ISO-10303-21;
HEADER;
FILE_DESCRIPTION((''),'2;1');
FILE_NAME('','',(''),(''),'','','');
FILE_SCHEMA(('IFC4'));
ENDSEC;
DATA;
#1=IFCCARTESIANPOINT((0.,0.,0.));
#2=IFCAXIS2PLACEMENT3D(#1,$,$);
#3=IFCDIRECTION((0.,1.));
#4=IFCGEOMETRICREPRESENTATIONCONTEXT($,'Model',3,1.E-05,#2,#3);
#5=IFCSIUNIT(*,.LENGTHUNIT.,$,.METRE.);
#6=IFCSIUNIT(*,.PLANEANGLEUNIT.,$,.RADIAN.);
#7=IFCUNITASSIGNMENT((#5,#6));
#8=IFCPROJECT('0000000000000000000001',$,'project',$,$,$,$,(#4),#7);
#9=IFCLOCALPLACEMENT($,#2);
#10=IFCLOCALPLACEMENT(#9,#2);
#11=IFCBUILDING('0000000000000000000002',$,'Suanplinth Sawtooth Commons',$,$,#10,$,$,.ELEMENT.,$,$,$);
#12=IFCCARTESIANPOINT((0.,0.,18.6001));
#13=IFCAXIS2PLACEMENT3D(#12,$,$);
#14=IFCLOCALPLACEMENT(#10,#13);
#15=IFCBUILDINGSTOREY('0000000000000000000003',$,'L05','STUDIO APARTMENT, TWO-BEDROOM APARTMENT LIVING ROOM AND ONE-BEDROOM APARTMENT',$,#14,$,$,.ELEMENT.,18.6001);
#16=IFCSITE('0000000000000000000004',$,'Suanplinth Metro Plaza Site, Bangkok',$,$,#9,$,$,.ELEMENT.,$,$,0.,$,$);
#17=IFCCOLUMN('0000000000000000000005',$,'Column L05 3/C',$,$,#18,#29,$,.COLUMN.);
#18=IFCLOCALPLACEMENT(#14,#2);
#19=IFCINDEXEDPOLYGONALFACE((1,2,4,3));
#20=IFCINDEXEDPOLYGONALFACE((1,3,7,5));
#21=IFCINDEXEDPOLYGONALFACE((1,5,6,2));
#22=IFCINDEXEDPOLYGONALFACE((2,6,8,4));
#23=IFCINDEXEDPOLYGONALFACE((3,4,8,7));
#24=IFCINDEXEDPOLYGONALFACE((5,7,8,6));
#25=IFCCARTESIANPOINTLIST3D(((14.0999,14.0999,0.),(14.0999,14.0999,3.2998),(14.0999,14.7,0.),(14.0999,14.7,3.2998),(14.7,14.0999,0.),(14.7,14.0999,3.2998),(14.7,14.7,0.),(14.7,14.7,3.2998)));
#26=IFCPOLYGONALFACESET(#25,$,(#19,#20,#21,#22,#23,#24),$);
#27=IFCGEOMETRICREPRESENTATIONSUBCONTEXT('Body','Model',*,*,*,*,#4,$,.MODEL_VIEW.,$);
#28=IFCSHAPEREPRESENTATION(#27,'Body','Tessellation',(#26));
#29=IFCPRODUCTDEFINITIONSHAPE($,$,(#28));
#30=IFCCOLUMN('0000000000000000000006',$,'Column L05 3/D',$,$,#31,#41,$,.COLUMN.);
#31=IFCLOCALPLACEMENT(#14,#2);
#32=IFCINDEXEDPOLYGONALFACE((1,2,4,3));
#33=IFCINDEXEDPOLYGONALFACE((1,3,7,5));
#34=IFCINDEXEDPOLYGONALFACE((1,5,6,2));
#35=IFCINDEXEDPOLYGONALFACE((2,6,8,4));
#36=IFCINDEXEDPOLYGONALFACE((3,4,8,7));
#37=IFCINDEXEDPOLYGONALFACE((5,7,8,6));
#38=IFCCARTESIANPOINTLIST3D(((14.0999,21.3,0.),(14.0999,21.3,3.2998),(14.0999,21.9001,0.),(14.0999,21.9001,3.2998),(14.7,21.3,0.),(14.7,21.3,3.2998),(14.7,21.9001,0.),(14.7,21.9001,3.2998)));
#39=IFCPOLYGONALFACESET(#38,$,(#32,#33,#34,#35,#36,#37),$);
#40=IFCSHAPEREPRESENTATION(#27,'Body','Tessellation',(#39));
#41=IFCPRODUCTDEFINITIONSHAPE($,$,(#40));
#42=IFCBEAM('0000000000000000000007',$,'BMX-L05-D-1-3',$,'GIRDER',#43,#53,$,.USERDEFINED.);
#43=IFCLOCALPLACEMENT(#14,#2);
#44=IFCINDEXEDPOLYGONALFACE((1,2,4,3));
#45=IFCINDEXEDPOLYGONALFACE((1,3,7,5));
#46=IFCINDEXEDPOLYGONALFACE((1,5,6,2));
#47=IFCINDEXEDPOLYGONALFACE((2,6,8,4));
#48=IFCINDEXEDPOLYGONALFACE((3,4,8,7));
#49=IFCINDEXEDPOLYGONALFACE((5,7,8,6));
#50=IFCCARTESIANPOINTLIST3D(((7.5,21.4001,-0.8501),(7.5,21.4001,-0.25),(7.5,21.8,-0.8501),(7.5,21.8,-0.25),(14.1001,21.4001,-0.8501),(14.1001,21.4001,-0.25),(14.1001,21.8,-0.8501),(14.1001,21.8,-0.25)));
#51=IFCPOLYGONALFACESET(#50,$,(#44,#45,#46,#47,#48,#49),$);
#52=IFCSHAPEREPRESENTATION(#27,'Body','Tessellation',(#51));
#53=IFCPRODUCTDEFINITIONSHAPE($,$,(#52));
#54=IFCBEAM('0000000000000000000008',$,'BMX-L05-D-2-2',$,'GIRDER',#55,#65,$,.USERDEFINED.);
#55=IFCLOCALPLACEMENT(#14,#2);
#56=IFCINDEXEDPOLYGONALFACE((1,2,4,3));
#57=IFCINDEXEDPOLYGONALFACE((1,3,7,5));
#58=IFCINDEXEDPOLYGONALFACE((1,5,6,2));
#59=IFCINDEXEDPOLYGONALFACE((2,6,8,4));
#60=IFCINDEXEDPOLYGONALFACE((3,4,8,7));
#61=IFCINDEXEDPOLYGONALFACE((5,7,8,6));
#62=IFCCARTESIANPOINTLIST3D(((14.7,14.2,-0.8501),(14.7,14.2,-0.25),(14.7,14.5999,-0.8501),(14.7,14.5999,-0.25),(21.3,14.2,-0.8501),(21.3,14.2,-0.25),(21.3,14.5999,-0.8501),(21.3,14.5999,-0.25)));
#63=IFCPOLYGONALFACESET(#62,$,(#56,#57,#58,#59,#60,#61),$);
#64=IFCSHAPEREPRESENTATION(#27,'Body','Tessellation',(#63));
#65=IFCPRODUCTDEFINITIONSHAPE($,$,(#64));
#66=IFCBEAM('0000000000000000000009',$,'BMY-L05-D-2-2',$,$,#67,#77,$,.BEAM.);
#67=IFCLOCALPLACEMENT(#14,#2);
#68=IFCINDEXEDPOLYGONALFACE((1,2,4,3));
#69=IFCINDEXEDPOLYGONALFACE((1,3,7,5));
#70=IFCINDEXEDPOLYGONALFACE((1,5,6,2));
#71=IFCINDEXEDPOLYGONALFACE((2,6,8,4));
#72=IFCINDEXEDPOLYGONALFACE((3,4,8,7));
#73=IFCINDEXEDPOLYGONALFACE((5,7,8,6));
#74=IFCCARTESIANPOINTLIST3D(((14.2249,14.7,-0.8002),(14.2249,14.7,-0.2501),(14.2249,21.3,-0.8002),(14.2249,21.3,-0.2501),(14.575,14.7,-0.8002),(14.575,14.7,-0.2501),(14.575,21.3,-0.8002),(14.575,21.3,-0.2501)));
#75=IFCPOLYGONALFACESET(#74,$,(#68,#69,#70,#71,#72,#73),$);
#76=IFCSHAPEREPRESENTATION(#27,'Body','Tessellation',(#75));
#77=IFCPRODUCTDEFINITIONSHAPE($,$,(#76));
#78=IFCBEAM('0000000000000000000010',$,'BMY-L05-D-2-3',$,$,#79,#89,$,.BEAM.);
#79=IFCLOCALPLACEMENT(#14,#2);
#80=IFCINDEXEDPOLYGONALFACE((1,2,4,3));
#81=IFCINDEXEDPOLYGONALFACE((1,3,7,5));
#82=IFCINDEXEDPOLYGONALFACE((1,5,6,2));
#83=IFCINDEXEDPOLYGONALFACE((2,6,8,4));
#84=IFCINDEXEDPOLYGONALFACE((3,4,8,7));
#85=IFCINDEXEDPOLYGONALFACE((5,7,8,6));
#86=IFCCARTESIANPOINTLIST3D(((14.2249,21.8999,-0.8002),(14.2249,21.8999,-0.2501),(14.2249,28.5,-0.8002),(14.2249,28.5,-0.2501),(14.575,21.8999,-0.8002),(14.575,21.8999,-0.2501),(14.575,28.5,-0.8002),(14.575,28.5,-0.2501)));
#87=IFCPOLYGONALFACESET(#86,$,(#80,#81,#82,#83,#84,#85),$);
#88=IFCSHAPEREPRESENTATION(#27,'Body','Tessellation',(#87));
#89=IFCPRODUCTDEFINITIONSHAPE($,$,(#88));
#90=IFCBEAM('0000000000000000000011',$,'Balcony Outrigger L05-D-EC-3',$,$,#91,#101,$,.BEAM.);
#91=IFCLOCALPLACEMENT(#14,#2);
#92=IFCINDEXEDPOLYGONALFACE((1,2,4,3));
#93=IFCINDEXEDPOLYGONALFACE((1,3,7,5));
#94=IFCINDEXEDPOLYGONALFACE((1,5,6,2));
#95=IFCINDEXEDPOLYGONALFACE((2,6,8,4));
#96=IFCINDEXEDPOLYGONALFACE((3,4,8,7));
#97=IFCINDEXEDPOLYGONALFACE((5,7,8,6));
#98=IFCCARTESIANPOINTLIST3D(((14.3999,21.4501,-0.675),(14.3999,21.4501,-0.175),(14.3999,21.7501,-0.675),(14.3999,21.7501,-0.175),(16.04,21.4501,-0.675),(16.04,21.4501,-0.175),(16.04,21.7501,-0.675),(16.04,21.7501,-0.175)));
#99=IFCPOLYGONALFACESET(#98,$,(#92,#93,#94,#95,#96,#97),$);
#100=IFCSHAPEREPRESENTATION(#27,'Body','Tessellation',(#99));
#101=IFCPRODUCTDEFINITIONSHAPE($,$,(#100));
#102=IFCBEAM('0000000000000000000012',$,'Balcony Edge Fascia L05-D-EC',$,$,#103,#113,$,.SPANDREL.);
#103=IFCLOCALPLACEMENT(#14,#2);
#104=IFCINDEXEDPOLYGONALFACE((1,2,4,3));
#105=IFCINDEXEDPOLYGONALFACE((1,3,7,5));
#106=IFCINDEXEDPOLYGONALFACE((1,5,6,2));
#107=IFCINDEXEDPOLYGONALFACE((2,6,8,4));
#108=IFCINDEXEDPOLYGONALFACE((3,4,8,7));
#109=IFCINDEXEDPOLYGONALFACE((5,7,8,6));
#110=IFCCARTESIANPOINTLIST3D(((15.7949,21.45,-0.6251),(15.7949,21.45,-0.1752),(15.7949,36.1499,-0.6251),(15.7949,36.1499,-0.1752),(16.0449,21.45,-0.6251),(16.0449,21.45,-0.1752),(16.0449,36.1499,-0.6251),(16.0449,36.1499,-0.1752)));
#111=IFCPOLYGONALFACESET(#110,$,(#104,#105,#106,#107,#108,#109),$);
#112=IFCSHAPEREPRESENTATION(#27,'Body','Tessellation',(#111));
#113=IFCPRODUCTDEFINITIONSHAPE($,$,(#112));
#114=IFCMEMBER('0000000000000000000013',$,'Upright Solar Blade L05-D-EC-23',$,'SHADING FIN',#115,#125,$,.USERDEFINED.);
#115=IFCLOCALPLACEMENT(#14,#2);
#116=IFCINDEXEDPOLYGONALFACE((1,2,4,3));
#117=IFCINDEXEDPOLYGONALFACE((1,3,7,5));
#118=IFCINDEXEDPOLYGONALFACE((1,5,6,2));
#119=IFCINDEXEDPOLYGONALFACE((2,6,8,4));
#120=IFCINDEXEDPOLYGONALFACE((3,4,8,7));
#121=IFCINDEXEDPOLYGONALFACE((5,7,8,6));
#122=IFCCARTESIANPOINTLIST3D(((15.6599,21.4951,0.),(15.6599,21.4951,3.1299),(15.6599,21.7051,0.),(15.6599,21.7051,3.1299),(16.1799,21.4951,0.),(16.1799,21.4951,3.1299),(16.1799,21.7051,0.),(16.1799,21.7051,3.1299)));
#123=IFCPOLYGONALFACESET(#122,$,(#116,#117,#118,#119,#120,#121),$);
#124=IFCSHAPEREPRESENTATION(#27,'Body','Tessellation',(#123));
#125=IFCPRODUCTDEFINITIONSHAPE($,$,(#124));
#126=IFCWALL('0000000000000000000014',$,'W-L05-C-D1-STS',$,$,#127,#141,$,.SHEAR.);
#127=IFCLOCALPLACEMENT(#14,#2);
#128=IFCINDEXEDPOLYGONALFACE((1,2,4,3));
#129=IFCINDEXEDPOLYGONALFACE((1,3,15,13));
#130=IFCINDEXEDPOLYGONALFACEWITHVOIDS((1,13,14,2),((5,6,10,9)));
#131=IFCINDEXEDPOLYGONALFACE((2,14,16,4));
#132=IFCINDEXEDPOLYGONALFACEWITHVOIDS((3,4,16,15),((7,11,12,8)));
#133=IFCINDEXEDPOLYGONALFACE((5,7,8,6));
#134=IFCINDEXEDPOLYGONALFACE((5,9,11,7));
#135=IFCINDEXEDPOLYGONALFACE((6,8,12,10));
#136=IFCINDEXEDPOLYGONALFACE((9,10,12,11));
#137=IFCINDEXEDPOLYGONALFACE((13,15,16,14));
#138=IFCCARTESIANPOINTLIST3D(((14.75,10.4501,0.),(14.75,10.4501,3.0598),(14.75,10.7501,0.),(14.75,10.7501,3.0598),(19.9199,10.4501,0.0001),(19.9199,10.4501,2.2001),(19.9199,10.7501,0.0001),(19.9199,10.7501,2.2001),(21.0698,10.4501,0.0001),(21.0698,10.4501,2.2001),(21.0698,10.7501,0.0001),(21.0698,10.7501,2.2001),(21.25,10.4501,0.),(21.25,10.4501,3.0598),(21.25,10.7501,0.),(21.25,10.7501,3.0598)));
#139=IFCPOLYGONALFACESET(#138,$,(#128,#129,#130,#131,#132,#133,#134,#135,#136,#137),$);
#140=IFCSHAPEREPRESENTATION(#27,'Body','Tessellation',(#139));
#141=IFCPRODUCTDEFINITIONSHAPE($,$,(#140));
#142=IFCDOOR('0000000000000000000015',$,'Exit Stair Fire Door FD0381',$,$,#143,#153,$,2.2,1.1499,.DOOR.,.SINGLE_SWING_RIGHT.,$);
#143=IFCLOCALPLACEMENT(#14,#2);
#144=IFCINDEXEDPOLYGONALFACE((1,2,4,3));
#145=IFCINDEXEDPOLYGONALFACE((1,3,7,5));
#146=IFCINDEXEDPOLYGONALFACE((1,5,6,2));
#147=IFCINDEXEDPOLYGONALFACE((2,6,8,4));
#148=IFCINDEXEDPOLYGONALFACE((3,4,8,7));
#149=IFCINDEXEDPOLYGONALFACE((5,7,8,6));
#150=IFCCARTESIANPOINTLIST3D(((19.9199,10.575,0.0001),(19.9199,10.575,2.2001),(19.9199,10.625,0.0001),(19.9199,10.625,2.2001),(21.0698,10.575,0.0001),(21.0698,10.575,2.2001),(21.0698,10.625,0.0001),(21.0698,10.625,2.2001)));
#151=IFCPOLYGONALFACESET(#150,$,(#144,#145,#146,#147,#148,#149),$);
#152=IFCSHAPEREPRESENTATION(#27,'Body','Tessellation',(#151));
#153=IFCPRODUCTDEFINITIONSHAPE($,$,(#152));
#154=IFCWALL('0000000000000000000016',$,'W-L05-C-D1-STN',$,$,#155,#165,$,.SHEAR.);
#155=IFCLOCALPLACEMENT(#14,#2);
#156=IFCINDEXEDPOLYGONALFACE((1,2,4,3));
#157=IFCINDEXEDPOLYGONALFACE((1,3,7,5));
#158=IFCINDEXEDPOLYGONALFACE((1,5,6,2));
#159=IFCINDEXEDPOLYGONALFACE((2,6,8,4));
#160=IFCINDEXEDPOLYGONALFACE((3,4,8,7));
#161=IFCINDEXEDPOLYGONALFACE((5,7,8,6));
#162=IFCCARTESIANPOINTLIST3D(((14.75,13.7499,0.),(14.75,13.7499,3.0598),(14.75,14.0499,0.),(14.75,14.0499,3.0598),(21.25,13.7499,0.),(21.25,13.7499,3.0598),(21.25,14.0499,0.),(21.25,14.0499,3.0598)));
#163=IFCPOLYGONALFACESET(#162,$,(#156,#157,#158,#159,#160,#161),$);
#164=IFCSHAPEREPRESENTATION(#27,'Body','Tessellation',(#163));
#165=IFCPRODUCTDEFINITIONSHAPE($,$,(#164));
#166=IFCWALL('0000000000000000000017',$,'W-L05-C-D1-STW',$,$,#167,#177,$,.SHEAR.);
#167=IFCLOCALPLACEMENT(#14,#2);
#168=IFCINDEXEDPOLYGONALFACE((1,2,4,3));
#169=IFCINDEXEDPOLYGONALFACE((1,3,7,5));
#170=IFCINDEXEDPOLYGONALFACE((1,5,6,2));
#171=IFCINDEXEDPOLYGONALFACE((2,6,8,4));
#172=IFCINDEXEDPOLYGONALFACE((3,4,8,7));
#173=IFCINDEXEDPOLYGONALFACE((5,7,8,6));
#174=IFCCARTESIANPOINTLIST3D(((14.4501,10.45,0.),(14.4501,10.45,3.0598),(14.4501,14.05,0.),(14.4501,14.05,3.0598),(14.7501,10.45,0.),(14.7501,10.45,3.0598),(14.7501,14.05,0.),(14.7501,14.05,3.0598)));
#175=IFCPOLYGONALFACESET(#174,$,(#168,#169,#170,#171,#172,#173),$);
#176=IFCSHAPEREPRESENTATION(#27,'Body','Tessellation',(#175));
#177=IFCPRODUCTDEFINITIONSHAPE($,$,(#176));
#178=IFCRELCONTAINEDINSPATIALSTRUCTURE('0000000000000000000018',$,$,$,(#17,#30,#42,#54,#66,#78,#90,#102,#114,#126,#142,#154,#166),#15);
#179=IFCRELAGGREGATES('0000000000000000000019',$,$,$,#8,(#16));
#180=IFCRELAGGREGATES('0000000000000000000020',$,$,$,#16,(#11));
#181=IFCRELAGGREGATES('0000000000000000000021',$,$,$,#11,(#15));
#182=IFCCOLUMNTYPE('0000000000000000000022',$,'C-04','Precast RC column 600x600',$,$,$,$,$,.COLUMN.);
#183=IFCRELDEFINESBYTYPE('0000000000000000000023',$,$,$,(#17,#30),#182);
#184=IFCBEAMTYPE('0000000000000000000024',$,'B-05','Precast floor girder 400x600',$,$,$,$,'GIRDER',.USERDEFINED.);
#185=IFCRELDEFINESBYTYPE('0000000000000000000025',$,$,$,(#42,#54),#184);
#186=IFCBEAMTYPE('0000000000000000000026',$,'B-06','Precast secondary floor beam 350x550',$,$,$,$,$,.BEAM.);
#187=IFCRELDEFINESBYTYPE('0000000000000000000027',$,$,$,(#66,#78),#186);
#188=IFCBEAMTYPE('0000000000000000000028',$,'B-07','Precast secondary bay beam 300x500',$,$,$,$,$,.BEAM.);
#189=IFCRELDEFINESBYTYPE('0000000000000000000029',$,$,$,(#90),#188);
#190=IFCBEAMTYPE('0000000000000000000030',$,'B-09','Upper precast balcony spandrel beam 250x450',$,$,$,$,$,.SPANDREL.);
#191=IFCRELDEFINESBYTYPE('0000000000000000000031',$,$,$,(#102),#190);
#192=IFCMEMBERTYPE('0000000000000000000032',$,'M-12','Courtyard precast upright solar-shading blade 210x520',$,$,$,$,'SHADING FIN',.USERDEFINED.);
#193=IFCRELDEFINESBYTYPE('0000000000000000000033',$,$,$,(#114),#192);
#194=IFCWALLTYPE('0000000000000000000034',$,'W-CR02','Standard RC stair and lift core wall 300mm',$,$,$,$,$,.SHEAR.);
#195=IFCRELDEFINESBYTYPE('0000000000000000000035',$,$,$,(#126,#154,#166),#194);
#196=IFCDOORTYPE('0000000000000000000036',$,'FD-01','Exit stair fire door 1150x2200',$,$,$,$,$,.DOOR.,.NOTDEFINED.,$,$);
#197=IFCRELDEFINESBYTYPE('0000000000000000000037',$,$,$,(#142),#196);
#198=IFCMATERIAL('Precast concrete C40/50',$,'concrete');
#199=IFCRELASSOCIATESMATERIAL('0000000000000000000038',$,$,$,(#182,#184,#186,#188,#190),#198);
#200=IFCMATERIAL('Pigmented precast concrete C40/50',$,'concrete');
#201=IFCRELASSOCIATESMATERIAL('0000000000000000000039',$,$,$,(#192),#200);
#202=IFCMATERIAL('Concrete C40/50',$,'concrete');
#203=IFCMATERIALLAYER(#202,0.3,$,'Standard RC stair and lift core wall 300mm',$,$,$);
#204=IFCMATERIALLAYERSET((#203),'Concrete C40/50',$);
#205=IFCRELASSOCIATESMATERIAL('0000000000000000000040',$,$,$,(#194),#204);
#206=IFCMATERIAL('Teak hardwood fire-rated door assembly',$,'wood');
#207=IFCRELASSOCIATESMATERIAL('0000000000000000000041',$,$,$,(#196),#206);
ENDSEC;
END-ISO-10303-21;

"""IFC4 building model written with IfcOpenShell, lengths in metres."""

from ifc_helpers import new_model, si_unit, direction, frame, frame_2d, origin, origin_2d, place, context, subcontext, project, spatial, rectangle, extrude, material, layer, layer_set, material_profile, profile_set, type_object, element, fill, save


model = new_model("IFC4")

# Units and contexts
model_context = context("Model", 3, precision=1e-05, world=origin(), true_north=direction((0.0, 1.0)))
body_context = subcontext(model_context, "Body", "Model", "MODEL_VIEW")
ifc_project = project(units=[si_unit("LENGTHUNIT", "METRE"), si_unit("PLANEANGLEUNIT", "RADIAN")], contexts=[model_context])

# Site, building, storey
site_placement = place(None, origin())
site = spatial("IfcSite", under=ifc_project, at=site_placement, Name="Suanplinth Metro Plaza Site, Bangkok", CompositionType="ELEMENT", RefElevation=0.0)
building_placement = place(site_placement, origin())
building = spatial("IfcBuilding", under=site, at=building_placement, Name="Suanplinth Sawtooth Commons", CompositionType="ELEMENT")
storey_placement = place(building_placement, frame((0.0, 0.0, 18.6001)))
storey = spatial("IfcBuildingStorey", under=building, at=storey_placement, Name="L05", Description="STUDIO APARTMENT, TWO-BEDROOM APARTMENT LIVING ROOM AND ONE-BEDROOM APARTMENT", CompositionType="ELEMENT", Elevation=18.6001)

# Columns
ifc_material_1 = material(Name="Precast concrete C40/50", Category="concrete")
ifc_material_profile_1 = material_profile(ifc_material_1, rectangle(XDim=0.6001, YDim=0.6001, at=origin_2d()), Name="PC-COL 600x600")
ifc_profile_set_1 = profile_set([ifc_material_profile_1], Name="Precast concrete C40/50")
column_type = type_object("IfcColumnType", Name="C-04", Description="Precast RC column 600x600", PredefinedType="COLUMN", material=ifc_profile_set_1)
for number, where, z_axis, x_axis, name in (
    (1, (14.3999, 14.3999, 0.0), (0.0, 0.0, 1.0), (1.0, 0.0, 0.0), "Column L05 3/C"),
    (2, (14.3999, 21.6001, 0.0), (0.0, 0.0, 1.0), (1.0, 0.0, 0.0), "Column L05 3/D"),
):
    element("IfcColumn", number, at=place(storey_placement, frame(where, z_axis=z_axis, x_axis=x_axis)), inside=storey, type_object=column_type, Name=name, PredefinedType="COLUMN", context=body_context, shape_type="SweptSolid", body=[
        extrude(rectangle(XDim=0.6001, YDim=0.6001, at=origin_2d()), origin(), (0.0, 0.0, 1.0), 3.2998),
    ])

# Beams
ifc_material_profile_2 = material_profile(ifc_material_1, rectangle(XDim=0.3999, YDim=0.6001, at=origin_2d()), Name="PC-GDR 400x600")
ifc_profile_set_2 = profile_set([ifc_material_profile_2], Name="Precast concrete C40/50")
beam_type_1 = type_object("IfcBeamType", Name="B-05", Description="Precast floor girder 400x600", ElementType="GIRDER", PredefinedType="USERDEFINED", material=ifc_profile_set_2)
for number, where, z_axis, x_axis, name in (
    (3, (7.5, 21.6001, -0.55), (1.0, 0.0, 0.0), (0.0, 1.0, 0.0), "BMX-L05-D-1-3"),
    (4, (14.7, 14.3999, -0.55), (1.0, 0.0, 0.0), (0.0, 1.0, 0.0), "BMX-L05-D-2-2"),
):
    element("IfcBeam", number, at=place(storey_placement, frame(where, z_axis=z_axis, x_axis=x_axis)), inside=storey, type_object=beam_type_1, Name=name, ObjectType="GIRDER", PredefinedType="USERDEFINED", context=body_context, shape_type="SweptSolid", body=[
        extrude(rectangle(XDim=0.3999, YDim=0.6001, at=origin_2d()), origin(), (0.0, 0.0, 1.0), 6.6001),
    ])
ifc_material_profile_3 = material_profile(ifc_material_1, rectangle(XDim=0.3501, YDim=0.55, at=origin_2d()), Name="PC-BM 350x550")
ifc_profile_set_3 = profile_set([ifc_material_profile_3], Name="Precast concrete C40/50")
beam_type_2 = type_object("IfcBeamType", Name="B-06", Description="Precast secondary floor beam 350x550", PredefinedType="BEAM", material=ifc_profile_set_3)
for number, where, z_axis, x_axis, name in (
    (5, (14.3999, 14.7, -0.5251), (0.0, 1.0, 0.0), (-1.0, 0.0, 0.0), "BMY-L05-D-2-2"),
    (6, (14.3999, 21.8999, -0.5251), (0.0, 1.0, 0.0), (-1.0, 0.0, 0.0), "BMY-L05-D-2-3"),
):
    element("IfcBeam", number, at=place(storey_placement, frame(where, z_axis=z_axis, x_axis=x_axis)), inside=storey, type_object=beam_type_2, Name=name, PredefinedType="BEAM", context=body_context, shape_type="SweptSolid", body=[
        extrude(rectangle(XDim=0.3501, YDim=0.55, at=origin_2d()), origin(), (0.0, 0.0, 1.0), 6.6001),
    ])
ifc_material_profile_4 = material_profile(ifc_material_1, rectangle(XDim=0.3, YDim=0.5, at=origin_2d()), Name="PC-BM 300x500")
ifc_profile_set_4 = profile_set([ifc_material_profile_4], Name="Precast concrete C40/50")
beam_type_3 = type_object("IfcBeamType", Name="B-07", Description="Precast secondary bay beam 300x500", PredefinedType="BEAM", material=ifc_profile_set_4)
beam_1_placement = place(storey_placement, frame((14.3999, 21.6001, -0.425), z_axis=(1.0, 0.0, 0.0), x_axis=(0.0, 1.0, 0.0)))
element("IfcBeam", 7, at=beam_1_placement, inside=storey, type_object=beam_type_3, Name="Balcony Outrigger L05-D-EC-3", PredefinedType="BEAM", context=body_context, shape_type="SweptSolid", body=[
    extrude(rectangle(XDim=0.3, YDim=0.5, at=origin_2d()), origin(), (0.0, 0.0, 1.0), 1.6401),
])
ifc_material_profile_5 = material_profile(ifc_material_1, rectangle(XDim=0.25, YDim=0.45, at=origin_2d()), Name="PC-SP 250x450")
ifc_profile_set_5 = profile_set([ifc_material_profile_5], Name="Precast concrete C40/50")
beam_type_4 = type_object("IfcBeamType", Name="B-09", Description="Upper precast balcony spandrel beam 250x450", PredefinedType="SPANDREL", material=ifc_profile_set_5)
beam_2_placement = place(storey_placement, frame((15.9199, 21.45, -0.4001), z_axis=(0.0, 1.0, 0.0), x_axis=(-1.0, 0.0, 0.0)))
element("IfcBeam", 8, at=beam_2_placement, inside=storey, type_object=beam_type_4, Name="Balcony Edge Fascia L05-D-EC", PredefinedType="SPANDREL", context=body_context, shape_type="SweptSolid", body=[
    extrude(rectangle(XDim=0.25, YDim=0.45, at=origin_2d()), origin(), (0.0, 0.0, 1.0), 14.7),
])

# Member
ifc_material_2 = material(Name="Pigmented precast concrete C40/50", Category="concrete")
ifc_material_profile_6 = material_profile(ifc_material_2, rectangle(XDim=0.21, YDim=0.52, at=origin_2d()), Name="PC-FIN 210x520")
ifc_profile_set_6 = profile_set([ifc_material_profile_6], Name="Pigmented precast concrete C40/50")
member_type = type_object("IfcMemberType", Name="M-12", Description="Courtyard precast upright solar-shading blade 210x520", ElementType="SHADING FIN", PredefinedType="USERDEFINED", material=ifc_profile_set_6)
member_placement = place(storey_placement, frame((15.9199, 21.6001, 0.0), z_axis=(0.0, 0.0, 1.0), x_axis=(0.0, 1.0, 0.0)))
element("IfcMember", 9, at=member_placement, inside=storey, type_object=member_type, Name="Upright Solar Blade L05-D-EC-23", ObjectType="SHADING FIN", PredefinedType="USERDEFINED", context=body_context, shape_type="SweptSolid", body=[
    extrude(rectangle(XDim=0.21, YDim=0.52, at=origin_2d()), origin(), (0.0, 0.0, 1.0), 3.1299),
])

# Wall, opening, door
ifc_material_3 = material(Name="Concrete C40/50", Category="concrete")
ifc_layer_1 = layer(ifc_material_3, 0.3, Name="Standard RC stair and lift core wall 300mm")
ifc_layer_set_1 = layer_set([ifc_layer_1], Name="Concrete C40/50")
wall_type_1 = type_object("IfcWallType", Name="W-CR02", Description="Standard RC stair and lift core wall 300mm", PredefinedType="SHEAR", material=ifc_layer_set_1)
wall_1_placement = place(storey_placement, frame((14.75, 10.6001, 0.0), z_axis=(0.0, 0.0, 1.0), x_axis=(1.0, 0.0, 0.0)))
wall_1 = element("IfcWall", 10, at=wall_1_placement, inside=storey, type_object=wall_type_1, Name="W-L05-C-D1-STS", PredefinedType="SHEAR", context=body_context, shape_type="SweptSolid", body=[
    extrude(rectangle(XDim=6.5, YDim=0.3, at=frame_2d((3.25, 0.0))), origin(), (0.0, 0.0, 1.0), 3.0598),
])
opening_1_placement = place(wall_1_placement, frame((5.1699, 0.0, 0.0)))
opening_1 = element("IfcOpeningElement", 11, at=opening_1_placement, cuts=wall_1, PredefinedType="OPENING", context=body_context, shape_type="SweptSolid", body=[
    extrude(rectangle(XDim=1.1499, YDim=2.2, at=frame_2d((0.575, 1.1001))), frame((0.0, 0.165, 0.0), z_axis=(0.0, -1.0, 0.0), x_axis=(1.0, 0.0, 0.0)), (0.0, 0.0, 1.0), 0.3298),
])
ifc_material_4 = material(Name="Teak hardwood fire-rated door assembly", Category="wood")
door_type_1 = type_object("IfcDoorType", Name="FD-01", Description="Exit stair fire door 1150x2200", OperationType="NOTDEFINED", PredefinedType="DOOR", material=ifc_material_4)
door_1_placement = place(opening_1_placement, origin())
door_1 = element("IfcDoor", 12, at=door_1_placement, inside=storey, type_object=door_type_1, Name="Exit Stair Fire Door FD0381", OperationType="SINGLE_SWING_RIGHT", OverallHeight=2.2, OverallWidth=1.1499, PredefinedType="DOOR", context=body_context, shape_type="SweptSolid", body=[
    extrude(rectangle(XDim=1.1499, YDim=2.2, at=frame_2d((0.575, 1.1001))), frame((0.0, 0.0249, 0.0), z_axis=(0.0, -1.0, 0.0), x_axis=(1.0, 0.0, 0.0)), (0.0, 0.0, 1.0), 0.05),
])
fill(opening_1, door_1)

# Walls
wall_2_placement = place(storey_placement, frame((14.75, 13.8999, 0.0), z_axis=(0.0, 0.0, 1.0), x_axis=(1.0, 0.0, 0.0)))
element("IfcWall", 13, at=wall_2_placement, inside=storey, type_object=wall_type_1, Name="W-L05-C-D1-STN", PredefinedType="SHEAR", context=body_context, shape_type="SweptSolid", body=[
    extrude(rectangle(XDim=6.5, YDim=0.3, at=frame_2d((3.25, 0.0))), origin(), (0.0, 0.0, 1.0), 3.0598),
])
wall_3_placement = place(storey_placement, frame((14.6001, 10.45, 0.0), z_axis=(0.0, 0.0, 1.0), x_axis=(0.0, 1.0, 0.0)))
element("IfcWall", 14, at=wall_3_placement, inside=storey, type_object=wall_type_1, Name="W-L05-C-D1-STW", PredefinedType="SHEAR", context=body_context, shape_type="SweptSolid", body=[
    extrude(rectangle(XDim=3.6001, YDim=0.3, at=frame_2d((1.8, 0.0))), origin(), (0.0, 0.0, 1.0), 3.0598),
])

save(model, "model.ifc")
